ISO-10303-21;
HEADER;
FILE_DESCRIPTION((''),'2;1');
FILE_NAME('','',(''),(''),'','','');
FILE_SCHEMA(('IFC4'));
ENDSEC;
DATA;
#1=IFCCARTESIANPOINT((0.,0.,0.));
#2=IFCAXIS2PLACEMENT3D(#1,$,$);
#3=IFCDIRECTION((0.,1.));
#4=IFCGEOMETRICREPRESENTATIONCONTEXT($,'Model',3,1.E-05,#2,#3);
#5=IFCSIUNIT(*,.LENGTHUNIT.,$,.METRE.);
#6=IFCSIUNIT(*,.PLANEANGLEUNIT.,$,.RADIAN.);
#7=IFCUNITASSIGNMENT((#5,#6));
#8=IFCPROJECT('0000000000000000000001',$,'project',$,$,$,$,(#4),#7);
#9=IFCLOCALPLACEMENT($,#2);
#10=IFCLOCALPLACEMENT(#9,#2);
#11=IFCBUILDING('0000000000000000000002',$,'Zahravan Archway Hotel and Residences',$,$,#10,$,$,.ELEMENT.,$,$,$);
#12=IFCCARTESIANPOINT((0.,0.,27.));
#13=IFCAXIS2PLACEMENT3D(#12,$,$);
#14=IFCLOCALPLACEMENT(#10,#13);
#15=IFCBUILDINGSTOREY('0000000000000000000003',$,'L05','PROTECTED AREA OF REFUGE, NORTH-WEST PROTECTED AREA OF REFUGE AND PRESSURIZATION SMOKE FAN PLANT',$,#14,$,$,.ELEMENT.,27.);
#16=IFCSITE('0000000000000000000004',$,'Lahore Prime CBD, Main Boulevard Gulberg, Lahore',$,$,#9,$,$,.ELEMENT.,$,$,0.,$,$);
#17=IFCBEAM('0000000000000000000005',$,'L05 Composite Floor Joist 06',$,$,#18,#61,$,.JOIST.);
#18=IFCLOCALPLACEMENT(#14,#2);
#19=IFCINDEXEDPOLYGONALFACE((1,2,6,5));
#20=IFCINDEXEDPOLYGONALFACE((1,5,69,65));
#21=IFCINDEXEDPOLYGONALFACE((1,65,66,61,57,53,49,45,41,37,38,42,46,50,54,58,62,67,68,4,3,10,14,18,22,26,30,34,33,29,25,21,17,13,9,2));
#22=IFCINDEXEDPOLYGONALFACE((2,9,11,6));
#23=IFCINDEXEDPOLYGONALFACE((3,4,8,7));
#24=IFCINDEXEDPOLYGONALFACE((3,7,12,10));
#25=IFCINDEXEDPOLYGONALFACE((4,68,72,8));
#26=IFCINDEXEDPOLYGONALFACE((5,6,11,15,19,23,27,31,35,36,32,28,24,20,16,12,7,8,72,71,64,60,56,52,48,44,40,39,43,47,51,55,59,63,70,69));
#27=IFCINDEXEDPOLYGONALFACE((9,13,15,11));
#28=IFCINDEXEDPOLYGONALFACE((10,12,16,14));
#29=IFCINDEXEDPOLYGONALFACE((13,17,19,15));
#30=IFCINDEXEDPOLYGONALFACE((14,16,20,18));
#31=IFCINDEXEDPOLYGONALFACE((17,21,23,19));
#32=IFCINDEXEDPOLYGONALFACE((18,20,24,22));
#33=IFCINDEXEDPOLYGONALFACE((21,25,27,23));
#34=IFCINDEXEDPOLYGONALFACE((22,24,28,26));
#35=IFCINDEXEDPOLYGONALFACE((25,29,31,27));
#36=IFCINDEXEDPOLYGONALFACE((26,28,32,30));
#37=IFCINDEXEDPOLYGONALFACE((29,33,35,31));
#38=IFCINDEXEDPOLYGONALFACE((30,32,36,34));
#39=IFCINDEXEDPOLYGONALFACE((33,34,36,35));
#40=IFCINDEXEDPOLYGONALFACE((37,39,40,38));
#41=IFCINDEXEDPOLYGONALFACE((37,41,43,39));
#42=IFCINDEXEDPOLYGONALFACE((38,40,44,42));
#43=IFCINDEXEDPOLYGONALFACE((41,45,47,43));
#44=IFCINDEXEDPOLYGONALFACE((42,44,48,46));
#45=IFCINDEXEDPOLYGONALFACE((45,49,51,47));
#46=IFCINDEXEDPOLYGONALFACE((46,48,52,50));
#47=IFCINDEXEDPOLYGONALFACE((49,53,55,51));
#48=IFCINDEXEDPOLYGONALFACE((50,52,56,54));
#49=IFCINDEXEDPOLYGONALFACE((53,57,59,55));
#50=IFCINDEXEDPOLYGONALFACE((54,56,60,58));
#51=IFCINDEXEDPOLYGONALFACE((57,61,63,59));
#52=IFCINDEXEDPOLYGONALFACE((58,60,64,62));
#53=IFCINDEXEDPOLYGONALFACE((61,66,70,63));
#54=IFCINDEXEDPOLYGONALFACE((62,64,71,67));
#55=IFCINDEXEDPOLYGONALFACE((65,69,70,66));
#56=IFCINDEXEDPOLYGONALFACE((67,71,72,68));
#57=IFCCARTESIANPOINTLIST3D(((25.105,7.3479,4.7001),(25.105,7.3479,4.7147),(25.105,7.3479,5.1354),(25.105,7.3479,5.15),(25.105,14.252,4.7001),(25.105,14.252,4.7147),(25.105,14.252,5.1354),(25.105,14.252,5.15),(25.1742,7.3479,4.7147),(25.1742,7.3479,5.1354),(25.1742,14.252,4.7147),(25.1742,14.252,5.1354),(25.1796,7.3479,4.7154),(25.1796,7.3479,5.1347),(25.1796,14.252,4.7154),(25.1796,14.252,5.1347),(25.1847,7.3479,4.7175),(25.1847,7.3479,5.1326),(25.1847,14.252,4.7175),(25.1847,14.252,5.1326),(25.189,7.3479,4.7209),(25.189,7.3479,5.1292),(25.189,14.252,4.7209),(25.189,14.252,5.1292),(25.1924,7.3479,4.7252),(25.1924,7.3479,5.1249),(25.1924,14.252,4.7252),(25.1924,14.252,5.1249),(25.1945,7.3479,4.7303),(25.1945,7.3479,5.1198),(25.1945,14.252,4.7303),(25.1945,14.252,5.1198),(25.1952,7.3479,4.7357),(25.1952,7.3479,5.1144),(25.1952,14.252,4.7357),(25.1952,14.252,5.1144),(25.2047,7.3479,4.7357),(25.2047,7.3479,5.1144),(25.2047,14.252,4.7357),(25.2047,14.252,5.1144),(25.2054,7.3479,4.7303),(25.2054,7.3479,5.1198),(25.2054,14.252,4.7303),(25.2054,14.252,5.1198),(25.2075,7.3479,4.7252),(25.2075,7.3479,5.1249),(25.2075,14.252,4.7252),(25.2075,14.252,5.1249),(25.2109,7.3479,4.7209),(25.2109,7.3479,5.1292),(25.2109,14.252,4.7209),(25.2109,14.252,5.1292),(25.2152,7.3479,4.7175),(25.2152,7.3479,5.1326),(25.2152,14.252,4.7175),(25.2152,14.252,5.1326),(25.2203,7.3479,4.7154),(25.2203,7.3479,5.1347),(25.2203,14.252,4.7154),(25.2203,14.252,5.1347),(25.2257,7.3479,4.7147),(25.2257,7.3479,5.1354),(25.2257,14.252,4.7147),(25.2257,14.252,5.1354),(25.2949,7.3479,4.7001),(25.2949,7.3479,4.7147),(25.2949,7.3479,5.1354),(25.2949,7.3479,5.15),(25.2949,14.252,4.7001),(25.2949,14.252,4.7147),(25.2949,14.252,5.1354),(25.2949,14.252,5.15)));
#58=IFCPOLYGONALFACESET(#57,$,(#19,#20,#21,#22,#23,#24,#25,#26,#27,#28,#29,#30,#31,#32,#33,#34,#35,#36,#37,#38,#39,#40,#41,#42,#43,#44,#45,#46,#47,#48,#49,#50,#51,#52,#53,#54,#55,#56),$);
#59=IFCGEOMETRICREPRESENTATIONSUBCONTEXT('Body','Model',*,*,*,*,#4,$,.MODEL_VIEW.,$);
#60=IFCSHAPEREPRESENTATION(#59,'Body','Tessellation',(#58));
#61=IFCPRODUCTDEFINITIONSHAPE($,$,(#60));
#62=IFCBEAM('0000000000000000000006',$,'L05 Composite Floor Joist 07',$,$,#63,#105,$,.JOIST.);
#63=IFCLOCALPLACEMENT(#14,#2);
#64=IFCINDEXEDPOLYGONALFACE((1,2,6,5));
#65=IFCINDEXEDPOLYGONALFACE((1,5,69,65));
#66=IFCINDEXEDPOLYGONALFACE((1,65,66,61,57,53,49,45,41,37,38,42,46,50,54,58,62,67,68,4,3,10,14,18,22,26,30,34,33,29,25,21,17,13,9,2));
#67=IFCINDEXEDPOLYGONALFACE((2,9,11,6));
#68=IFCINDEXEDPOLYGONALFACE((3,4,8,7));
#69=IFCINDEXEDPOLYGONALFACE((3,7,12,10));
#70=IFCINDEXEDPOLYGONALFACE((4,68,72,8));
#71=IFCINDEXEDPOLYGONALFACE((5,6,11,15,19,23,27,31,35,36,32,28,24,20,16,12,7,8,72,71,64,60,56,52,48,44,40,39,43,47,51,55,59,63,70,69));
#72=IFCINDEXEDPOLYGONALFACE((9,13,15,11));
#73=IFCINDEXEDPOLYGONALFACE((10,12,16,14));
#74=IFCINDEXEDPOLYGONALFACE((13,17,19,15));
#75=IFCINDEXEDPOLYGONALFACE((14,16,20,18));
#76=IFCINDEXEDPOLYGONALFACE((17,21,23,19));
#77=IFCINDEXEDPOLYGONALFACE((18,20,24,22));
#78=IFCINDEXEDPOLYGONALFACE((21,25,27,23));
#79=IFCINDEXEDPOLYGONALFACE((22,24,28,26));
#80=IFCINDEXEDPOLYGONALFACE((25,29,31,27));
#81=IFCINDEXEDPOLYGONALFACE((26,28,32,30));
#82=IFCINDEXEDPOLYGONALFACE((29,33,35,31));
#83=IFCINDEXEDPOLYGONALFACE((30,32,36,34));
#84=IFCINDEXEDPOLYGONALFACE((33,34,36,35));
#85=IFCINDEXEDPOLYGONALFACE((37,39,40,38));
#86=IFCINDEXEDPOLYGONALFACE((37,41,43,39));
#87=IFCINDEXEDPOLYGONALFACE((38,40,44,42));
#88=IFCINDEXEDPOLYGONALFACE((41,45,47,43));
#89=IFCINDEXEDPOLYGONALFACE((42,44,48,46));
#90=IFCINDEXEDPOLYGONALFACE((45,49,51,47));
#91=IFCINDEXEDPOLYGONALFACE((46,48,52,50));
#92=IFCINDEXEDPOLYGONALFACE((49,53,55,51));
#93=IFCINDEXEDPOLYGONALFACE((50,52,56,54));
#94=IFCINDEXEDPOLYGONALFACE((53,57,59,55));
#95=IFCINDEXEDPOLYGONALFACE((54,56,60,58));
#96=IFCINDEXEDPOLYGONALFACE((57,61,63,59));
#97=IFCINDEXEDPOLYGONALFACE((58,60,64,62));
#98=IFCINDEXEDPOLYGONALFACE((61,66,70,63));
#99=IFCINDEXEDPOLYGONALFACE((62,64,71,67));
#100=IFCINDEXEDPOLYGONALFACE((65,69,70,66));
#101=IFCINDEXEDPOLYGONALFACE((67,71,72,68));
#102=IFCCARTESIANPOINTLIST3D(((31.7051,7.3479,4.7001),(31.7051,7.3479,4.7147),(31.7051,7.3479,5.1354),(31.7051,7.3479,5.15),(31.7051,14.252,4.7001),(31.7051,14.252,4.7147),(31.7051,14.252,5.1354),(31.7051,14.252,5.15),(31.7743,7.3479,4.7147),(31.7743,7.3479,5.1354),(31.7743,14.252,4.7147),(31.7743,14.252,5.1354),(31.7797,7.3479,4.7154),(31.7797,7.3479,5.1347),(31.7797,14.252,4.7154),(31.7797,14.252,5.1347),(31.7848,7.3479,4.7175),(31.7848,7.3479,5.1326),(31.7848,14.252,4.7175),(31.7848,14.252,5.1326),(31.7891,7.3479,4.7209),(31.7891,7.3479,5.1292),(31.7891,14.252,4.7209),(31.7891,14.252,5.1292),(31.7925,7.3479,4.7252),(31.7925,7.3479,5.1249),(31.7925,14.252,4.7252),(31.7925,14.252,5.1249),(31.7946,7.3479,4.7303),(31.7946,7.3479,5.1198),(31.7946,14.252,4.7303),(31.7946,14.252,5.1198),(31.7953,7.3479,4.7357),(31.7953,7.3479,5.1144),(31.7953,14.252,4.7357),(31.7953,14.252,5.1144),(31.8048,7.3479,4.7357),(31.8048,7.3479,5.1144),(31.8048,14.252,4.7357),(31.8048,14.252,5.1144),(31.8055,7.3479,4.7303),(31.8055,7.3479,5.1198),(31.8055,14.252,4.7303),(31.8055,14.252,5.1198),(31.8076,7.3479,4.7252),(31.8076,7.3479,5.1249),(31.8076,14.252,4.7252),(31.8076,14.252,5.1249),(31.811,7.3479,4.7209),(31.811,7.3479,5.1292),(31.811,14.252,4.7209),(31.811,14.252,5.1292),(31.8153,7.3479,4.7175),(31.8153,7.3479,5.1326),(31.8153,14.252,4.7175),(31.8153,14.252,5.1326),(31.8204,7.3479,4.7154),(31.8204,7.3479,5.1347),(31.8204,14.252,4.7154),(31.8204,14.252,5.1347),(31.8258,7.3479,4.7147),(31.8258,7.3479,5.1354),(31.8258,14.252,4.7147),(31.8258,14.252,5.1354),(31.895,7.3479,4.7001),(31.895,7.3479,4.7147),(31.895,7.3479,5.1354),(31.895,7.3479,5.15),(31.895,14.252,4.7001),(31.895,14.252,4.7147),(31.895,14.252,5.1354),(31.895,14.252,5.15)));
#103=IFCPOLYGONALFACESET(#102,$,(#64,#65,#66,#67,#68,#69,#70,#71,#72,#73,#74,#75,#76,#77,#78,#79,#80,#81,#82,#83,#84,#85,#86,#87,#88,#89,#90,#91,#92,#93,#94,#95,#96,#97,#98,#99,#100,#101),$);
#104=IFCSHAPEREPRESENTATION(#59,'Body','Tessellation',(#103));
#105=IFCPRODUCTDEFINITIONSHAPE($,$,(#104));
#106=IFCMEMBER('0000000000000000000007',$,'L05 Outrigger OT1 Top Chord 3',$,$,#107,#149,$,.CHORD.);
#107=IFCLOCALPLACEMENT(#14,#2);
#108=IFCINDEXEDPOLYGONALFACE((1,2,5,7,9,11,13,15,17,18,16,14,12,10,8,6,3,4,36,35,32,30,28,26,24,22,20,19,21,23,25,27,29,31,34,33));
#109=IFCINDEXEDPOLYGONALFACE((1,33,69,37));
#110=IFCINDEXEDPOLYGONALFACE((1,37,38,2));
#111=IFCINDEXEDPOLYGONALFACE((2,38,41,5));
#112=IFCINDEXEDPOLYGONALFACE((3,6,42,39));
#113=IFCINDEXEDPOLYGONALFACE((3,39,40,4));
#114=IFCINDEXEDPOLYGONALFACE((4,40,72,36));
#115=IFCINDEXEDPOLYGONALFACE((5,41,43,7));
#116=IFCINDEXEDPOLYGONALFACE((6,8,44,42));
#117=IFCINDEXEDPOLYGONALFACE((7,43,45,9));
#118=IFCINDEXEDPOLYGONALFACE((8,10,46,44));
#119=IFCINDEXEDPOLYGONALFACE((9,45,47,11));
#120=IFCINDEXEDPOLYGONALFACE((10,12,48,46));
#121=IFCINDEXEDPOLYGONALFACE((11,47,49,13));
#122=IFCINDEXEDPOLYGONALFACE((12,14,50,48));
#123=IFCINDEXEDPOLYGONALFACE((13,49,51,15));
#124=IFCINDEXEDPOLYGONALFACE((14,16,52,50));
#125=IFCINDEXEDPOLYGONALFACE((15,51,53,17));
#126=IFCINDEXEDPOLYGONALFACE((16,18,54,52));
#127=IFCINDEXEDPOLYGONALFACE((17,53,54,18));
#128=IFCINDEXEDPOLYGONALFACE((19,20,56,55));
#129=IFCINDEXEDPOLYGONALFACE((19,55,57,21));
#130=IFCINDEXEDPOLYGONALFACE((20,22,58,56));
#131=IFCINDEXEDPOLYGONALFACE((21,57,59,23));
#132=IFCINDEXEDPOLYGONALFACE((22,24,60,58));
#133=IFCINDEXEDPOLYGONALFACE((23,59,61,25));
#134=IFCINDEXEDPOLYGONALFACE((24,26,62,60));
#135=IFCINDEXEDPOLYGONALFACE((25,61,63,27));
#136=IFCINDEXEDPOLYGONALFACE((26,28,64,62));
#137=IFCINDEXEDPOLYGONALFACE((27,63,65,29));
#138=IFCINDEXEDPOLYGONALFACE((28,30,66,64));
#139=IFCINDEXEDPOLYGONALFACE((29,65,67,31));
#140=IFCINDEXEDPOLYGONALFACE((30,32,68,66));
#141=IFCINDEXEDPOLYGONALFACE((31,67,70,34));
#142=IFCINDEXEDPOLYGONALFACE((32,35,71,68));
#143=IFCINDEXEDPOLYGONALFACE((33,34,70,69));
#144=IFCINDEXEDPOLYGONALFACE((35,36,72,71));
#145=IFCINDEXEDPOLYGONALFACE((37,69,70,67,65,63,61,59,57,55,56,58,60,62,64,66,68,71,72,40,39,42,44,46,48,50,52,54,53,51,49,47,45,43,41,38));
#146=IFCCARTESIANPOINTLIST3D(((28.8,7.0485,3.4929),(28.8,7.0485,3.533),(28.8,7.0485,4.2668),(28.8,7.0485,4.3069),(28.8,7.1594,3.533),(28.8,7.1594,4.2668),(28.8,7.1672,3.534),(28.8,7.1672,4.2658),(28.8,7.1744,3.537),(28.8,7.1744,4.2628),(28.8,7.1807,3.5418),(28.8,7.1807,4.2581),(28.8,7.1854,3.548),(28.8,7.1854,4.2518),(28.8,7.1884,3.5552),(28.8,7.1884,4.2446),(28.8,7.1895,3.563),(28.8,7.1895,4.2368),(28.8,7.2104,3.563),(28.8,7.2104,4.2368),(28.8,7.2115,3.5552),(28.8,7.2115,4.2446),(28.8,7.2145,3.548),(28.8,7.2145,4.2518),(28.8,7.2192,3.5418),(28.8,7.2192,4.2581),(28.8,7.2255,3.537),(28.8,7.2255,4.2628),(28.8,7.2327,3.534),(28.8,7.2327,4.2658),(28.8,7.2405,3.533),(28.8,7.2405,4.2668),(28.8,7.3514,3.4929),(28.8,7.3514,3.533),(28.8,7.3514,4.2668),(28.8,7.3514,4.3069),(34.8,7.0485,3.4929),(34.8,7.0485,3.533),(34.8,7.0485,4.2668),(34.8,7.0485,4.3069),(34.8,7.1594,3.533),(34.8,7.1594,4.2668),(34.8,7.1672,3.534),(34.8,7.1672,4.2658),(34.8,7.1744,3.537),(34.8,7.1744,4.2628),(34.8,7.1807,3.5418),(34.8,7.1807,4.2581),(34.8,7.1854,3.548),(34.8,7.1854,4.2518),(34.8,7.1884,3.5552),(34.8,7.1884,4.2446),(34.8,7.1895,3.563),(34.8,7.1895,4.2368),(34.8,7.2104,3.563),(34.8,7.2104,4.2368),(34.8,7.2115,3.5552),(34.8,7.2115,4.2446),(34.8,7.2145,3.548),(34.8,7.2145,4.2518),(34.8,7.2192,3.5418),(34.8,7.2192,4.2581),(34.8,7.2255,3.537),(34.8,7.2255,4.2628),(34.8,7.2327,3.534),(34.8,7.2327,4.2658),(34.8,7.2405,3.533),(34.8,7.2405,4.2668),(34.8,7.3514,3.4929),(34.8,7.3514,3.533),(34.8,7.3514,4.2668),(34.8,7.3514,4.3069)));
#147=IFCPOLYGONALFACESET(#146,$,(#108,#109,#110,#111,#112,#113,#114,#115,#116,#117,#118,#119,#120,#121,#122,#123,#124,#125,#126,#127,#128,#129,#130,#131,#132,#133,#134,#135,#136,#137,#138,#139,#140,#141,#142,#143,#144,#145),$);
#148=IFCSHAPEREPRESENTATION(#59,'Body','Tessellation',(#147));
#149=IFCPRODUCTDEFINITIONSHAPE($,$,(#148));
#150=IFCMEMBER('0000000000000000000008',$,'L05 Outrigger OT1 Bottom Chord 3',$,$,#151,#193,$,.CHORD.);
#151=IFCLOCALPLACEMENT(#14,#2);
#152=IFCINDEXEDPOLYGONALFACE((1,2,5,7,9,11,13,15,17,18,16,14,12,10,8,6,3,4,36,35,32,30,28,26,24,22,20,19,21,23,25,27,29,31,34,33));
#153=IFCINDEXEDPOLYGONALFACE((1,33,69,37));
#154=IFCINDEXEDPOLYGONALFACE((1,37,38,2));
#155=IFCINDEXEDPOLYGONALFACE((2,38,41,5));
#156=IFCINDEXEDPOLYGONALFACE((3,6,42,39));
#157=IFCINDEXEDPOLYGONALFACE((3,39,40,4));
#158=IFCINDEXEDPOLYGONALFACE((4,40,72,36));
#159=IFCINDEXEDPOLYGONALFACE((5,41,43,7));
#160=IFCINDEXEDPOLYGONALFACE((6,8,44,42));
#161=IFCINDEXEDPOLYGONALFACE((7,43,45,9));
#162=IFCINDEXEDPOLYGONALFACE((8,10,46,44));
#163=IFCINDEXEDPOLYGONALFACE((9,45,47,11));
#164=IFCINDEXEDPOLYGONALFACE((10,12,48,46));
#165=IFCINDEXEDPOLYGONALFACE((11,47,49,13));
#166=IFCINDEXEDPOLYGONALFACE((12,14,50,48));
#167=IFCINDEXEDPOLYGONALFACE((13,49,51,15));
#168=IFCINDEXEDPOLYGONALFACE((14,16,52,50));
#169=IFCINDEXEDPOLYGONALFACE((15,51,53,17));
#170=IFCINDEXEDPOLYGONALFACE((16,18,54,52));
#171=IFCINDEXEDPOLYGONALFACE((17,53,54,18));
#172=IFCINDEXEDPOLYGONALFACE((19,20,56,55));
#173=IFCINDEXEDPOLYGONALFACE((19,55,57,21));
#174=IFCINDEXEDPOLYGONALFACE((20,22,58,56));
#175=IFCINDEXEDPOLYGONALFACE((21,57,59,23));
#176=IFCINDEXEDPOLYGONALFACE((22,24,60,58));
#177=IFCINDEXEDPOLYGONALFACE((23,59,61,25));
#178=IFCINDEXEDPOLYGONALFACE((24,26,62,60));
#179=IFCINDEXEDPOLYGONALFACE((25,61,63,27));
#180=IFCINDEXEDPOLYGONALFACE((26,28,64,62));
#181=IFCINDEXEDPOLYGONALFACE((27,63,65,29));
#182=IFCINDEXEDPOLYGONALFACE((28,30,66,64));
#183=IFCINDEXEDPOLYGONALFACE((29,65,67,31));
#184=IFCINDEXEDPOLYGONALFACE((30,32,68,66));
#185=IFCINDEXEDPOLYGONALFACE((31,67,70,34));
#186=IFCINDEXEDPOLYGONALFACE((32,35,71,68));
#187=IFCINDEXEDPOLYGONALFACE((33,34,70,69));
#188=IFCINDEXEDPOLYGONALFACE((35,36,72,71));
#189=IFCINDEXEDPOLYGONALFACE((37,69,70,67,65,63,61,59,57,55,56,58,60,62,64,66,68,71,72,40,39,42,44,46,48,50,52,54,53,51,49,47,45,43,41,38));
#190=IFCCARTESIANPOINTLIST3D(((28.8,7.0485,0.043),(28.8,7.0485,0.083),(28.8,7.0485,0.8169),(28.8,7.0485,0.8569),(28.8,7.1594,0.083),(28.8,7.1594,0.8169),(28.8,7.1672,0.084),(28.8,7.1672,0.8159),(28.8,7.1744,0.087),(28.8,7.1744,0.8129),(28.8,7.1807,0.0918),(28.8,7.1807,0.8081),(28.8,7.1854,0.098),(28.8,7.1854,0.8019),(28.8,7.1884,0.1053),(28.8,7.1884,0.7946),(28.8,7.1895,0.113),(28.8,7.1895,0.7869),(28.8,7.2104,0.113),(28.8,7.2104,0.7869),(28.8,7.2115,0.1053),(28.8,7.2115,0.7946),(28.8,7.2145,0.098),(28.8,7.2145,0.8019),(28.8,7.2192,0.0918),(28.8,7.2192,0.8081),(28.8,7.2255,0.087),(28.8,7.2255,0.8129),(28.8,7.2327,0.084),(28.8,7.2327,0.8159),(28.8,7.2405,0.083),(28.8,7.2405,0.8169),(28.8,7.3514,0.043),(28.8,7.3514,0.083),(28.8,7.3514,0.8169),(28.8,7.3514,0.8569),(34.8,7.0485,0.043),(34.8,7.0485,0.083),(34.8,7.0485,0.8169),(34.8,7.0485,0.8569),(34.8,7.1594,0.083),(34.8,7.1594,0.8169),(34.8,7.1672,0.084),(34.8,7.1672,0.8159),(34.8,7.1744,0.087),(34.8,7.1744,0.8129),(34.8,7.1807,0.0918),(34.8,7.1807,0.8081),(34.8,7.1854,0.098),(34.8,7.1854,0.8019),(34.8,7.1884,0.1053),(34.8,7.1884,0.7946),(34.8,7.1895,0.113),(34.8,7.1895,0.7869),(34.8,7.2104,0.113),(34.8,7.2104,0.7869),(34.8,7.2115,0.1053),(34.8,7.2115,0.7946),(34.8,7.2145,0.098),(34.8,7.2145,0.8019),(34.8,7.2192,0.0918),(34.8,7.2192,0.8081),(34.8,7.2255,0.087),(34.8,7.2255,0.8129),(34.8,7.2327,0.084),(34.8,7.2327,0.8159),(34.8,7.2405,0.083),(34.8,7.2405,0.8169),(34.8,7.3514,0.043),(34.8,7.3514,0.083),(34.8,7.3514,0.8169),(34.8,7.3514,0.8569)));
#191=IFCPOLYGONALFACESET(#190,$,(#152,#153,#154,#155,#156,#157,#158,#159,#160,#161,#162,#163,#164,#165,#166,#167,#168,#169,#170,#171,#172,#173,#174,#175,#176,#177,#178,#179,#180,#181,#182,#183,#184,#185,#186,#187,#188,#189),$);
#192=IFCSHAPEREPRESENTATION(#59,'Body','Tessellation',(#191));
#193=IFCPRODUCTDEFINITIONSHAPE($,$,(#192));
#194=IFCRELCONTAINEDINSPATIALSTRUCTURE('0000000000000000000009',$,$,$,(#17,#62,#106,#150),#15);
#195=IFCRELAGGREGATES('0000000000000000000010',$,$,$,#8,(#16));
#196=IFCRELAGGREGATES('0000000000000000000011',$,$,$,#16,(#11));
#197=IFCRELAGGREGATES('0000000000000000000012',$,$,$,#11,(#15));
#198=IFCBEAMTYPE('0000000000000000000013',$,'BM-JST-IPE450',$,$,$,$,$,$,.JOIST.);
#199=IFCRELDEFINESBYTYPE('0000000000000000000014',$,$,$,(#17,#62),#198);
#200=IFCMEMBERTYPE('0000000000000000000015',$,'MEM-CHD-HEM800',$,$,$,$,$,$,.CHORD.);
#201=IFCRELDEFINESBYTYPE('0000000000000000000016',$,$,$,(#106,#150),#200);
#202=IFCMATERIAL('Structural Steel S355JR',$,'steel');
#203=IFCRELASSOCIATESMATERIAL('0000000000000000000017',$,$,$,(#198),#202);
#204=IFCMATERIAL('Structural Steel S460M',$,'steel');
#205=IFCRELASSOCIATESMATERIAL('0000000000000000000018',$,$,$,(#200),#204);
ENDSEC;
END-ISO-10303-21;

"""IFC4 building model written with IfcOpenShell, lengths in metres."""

from ifc_helpers import new_model, si_unit, direction, frame, origin, origin_2d, place, context, subcontext, project, spatial, i_section, extrude, source, transform, mapped, material, material_profile, profile_set, type_object, type_shapes, element, save


model = new_model("IFC4")

# Units and contexts
model_context = context("Model", 3, precision=1e-05, world=origin(), true_north=direction((0.0, 1.0)))
body_context = subcontext(model_context, "Body", "Model", "MODEL_VIEW")
ifc_project = project(units=[si_unit("LENGTHUNIT", "METRE"), si_unit("PLANEANGLEUNIT", "RADIAN")], contexts=[model_context])

# Site, building, storey
site_placement = place(None, origin())
site = spatial("IfcSite", under=ifc_project, at=site_placement, Name="Lahore Prime CBD, Main Boulevard Gulberg, Lahore", CompositionType="ELEMENT", RefElevation=0.0)
building_placement = place(site_placement, origin())
building = spatial("IfcBuilding", under=site, at=building_placement, Name="Zahravan Archway Hotel and Residences", CompositionType="ELEMENT")
storey_placement = place(building_placement, frame((0.0, 0.0, 27.0)))
storey = spatial("IfcBuildingStorey", under=building, at=storey_placement, Name="L05", Description="PROTECTED AREA OF REFUGE, NORTH-WEST PROTECTED AREA OF REFUGE AND PRESSURIZATION SMOKE FAN PLANT", CompositionType="ELEMENT", Elevation=27.0)

# Shared definitions
ifc_material_1 = material(Name="Structural Steel S460M", Category="steel")

# Beams
ifc_material_2 = material(Name="Structural Steel S355JR", Category="steel")
ifc_material_profile_1 = material_profile(ifc_material_2, i_section(OverallWidth=0.1899, OverallDepth=0.45, WebThickness=0.0095, FlangeThickness=0.0146, FilletRadius=0.021, at=origin_2d()), Name="IPE 450", Category="steel")
ifc_profile_set_1 = profile_set([ifc_material_profile_1], Name="Structural Steel S355JR")
beam_type_1 = type_object("IfcBeamType", Name="BM-JST-IPE450", PredefinedType="JOIST", material=ifc_profile_set_1)
shared_shape_1 = source(origin(), body_context, "Body", "SweptSolid", [
    extrude(i_section(OverallWidth=0.1899, OverallDepth=0.45, WebThickness=0.0095, FlangeThickness=0.0146, FilletRadius=0.021, at=origin_2d()), origin(), (0.0, 0.0, 1.0), 6.9041),
])
type_shapes(beam_type_1, [shared_shape_1])
for number, where, z_axis, x_axis, name in (
    (1, (25.2, 7.3479, 4.925), (0.0, 1.0, 0.0), (-1.0, 0.0, 0.0), "L05 Composite Floor Joist 06"),
    (2, (31.8, 7.3479, 4.925), (0.0, 1.0, 0.0), (-1.0, 0.0, 0.0), "L05 Composite Floor Joist 07"),
):
    element("IfcBeam", number, at=place(storey_placement, frame(where, z_axis=z_axis, x_axis=x_axis)), inside=storey, type_object=beam_type_1, Name=name, PredefinedType="JOIST", context=body_context, shape_type="MappedRepresentation", body=[
        mapped(shared_shape_1, transform((0.0, 0.0, 0.0), scale=1.0)),
    ])

# Members
ifc_material_profile_2 = material_profile(ifc_material_1, i_section(OverallWidth=0.303, OverallDepth=0.814, WebThickness=0.021, FlangeThickness=0.04, FilletRadius=0.03, at=origin_2d()), Name="HEM 800", Category="steel")
ifc_profile_set_2 = profile_set([ifc_material_profile_2], Name="Structural Steel S460M")
member_type_1 = type_object("IfcMemberType", Name="MEM-CHD-HEM800", PredefinedType="CHORD", material=ifc_profile_set_2)
shared_shape_2 = source(origin(), body_context, "Body", "SweptSolid", [
    extrude(i_section(OverallWidth=0.303, OverallDepth=0.814, WebThickness=0.021, FlangeThickness=0.04, FilletRadius=0.03, at=origin_2d()), origin(), (0.0, 0.0, 1.0), 6.0),
])
for number, where, z_axis, x_axis, name in (
    (3, (28.8, 7.2, 3.8999), (1.0, 0.0, 0.0), (0.0, 1.0, 0.0), "L05 Outrigger OT1 Top Chord 3"),
    (4, (28.8, 7.2, 0.45), (1.0, 0.0, 0.0), (0.0, 1.0, 0.0), "L05 Outrigger OT1 Bottom Chord 3"),
):
    element("IfcMember", number, at=place(storey_placement, frame(where, z_axis=z_axis, x_axis=x_axis)), inside=storey, type_object=member_type_1, Name=name, PredefinedType="CHORD", context=body_context, shape_type="MappedRepresentation", body=[
        mapped(shared_shape_2, transform((0.0, 0.0, 0.0), scale=1.0)),
    ])

save(model, "model.ifc")
